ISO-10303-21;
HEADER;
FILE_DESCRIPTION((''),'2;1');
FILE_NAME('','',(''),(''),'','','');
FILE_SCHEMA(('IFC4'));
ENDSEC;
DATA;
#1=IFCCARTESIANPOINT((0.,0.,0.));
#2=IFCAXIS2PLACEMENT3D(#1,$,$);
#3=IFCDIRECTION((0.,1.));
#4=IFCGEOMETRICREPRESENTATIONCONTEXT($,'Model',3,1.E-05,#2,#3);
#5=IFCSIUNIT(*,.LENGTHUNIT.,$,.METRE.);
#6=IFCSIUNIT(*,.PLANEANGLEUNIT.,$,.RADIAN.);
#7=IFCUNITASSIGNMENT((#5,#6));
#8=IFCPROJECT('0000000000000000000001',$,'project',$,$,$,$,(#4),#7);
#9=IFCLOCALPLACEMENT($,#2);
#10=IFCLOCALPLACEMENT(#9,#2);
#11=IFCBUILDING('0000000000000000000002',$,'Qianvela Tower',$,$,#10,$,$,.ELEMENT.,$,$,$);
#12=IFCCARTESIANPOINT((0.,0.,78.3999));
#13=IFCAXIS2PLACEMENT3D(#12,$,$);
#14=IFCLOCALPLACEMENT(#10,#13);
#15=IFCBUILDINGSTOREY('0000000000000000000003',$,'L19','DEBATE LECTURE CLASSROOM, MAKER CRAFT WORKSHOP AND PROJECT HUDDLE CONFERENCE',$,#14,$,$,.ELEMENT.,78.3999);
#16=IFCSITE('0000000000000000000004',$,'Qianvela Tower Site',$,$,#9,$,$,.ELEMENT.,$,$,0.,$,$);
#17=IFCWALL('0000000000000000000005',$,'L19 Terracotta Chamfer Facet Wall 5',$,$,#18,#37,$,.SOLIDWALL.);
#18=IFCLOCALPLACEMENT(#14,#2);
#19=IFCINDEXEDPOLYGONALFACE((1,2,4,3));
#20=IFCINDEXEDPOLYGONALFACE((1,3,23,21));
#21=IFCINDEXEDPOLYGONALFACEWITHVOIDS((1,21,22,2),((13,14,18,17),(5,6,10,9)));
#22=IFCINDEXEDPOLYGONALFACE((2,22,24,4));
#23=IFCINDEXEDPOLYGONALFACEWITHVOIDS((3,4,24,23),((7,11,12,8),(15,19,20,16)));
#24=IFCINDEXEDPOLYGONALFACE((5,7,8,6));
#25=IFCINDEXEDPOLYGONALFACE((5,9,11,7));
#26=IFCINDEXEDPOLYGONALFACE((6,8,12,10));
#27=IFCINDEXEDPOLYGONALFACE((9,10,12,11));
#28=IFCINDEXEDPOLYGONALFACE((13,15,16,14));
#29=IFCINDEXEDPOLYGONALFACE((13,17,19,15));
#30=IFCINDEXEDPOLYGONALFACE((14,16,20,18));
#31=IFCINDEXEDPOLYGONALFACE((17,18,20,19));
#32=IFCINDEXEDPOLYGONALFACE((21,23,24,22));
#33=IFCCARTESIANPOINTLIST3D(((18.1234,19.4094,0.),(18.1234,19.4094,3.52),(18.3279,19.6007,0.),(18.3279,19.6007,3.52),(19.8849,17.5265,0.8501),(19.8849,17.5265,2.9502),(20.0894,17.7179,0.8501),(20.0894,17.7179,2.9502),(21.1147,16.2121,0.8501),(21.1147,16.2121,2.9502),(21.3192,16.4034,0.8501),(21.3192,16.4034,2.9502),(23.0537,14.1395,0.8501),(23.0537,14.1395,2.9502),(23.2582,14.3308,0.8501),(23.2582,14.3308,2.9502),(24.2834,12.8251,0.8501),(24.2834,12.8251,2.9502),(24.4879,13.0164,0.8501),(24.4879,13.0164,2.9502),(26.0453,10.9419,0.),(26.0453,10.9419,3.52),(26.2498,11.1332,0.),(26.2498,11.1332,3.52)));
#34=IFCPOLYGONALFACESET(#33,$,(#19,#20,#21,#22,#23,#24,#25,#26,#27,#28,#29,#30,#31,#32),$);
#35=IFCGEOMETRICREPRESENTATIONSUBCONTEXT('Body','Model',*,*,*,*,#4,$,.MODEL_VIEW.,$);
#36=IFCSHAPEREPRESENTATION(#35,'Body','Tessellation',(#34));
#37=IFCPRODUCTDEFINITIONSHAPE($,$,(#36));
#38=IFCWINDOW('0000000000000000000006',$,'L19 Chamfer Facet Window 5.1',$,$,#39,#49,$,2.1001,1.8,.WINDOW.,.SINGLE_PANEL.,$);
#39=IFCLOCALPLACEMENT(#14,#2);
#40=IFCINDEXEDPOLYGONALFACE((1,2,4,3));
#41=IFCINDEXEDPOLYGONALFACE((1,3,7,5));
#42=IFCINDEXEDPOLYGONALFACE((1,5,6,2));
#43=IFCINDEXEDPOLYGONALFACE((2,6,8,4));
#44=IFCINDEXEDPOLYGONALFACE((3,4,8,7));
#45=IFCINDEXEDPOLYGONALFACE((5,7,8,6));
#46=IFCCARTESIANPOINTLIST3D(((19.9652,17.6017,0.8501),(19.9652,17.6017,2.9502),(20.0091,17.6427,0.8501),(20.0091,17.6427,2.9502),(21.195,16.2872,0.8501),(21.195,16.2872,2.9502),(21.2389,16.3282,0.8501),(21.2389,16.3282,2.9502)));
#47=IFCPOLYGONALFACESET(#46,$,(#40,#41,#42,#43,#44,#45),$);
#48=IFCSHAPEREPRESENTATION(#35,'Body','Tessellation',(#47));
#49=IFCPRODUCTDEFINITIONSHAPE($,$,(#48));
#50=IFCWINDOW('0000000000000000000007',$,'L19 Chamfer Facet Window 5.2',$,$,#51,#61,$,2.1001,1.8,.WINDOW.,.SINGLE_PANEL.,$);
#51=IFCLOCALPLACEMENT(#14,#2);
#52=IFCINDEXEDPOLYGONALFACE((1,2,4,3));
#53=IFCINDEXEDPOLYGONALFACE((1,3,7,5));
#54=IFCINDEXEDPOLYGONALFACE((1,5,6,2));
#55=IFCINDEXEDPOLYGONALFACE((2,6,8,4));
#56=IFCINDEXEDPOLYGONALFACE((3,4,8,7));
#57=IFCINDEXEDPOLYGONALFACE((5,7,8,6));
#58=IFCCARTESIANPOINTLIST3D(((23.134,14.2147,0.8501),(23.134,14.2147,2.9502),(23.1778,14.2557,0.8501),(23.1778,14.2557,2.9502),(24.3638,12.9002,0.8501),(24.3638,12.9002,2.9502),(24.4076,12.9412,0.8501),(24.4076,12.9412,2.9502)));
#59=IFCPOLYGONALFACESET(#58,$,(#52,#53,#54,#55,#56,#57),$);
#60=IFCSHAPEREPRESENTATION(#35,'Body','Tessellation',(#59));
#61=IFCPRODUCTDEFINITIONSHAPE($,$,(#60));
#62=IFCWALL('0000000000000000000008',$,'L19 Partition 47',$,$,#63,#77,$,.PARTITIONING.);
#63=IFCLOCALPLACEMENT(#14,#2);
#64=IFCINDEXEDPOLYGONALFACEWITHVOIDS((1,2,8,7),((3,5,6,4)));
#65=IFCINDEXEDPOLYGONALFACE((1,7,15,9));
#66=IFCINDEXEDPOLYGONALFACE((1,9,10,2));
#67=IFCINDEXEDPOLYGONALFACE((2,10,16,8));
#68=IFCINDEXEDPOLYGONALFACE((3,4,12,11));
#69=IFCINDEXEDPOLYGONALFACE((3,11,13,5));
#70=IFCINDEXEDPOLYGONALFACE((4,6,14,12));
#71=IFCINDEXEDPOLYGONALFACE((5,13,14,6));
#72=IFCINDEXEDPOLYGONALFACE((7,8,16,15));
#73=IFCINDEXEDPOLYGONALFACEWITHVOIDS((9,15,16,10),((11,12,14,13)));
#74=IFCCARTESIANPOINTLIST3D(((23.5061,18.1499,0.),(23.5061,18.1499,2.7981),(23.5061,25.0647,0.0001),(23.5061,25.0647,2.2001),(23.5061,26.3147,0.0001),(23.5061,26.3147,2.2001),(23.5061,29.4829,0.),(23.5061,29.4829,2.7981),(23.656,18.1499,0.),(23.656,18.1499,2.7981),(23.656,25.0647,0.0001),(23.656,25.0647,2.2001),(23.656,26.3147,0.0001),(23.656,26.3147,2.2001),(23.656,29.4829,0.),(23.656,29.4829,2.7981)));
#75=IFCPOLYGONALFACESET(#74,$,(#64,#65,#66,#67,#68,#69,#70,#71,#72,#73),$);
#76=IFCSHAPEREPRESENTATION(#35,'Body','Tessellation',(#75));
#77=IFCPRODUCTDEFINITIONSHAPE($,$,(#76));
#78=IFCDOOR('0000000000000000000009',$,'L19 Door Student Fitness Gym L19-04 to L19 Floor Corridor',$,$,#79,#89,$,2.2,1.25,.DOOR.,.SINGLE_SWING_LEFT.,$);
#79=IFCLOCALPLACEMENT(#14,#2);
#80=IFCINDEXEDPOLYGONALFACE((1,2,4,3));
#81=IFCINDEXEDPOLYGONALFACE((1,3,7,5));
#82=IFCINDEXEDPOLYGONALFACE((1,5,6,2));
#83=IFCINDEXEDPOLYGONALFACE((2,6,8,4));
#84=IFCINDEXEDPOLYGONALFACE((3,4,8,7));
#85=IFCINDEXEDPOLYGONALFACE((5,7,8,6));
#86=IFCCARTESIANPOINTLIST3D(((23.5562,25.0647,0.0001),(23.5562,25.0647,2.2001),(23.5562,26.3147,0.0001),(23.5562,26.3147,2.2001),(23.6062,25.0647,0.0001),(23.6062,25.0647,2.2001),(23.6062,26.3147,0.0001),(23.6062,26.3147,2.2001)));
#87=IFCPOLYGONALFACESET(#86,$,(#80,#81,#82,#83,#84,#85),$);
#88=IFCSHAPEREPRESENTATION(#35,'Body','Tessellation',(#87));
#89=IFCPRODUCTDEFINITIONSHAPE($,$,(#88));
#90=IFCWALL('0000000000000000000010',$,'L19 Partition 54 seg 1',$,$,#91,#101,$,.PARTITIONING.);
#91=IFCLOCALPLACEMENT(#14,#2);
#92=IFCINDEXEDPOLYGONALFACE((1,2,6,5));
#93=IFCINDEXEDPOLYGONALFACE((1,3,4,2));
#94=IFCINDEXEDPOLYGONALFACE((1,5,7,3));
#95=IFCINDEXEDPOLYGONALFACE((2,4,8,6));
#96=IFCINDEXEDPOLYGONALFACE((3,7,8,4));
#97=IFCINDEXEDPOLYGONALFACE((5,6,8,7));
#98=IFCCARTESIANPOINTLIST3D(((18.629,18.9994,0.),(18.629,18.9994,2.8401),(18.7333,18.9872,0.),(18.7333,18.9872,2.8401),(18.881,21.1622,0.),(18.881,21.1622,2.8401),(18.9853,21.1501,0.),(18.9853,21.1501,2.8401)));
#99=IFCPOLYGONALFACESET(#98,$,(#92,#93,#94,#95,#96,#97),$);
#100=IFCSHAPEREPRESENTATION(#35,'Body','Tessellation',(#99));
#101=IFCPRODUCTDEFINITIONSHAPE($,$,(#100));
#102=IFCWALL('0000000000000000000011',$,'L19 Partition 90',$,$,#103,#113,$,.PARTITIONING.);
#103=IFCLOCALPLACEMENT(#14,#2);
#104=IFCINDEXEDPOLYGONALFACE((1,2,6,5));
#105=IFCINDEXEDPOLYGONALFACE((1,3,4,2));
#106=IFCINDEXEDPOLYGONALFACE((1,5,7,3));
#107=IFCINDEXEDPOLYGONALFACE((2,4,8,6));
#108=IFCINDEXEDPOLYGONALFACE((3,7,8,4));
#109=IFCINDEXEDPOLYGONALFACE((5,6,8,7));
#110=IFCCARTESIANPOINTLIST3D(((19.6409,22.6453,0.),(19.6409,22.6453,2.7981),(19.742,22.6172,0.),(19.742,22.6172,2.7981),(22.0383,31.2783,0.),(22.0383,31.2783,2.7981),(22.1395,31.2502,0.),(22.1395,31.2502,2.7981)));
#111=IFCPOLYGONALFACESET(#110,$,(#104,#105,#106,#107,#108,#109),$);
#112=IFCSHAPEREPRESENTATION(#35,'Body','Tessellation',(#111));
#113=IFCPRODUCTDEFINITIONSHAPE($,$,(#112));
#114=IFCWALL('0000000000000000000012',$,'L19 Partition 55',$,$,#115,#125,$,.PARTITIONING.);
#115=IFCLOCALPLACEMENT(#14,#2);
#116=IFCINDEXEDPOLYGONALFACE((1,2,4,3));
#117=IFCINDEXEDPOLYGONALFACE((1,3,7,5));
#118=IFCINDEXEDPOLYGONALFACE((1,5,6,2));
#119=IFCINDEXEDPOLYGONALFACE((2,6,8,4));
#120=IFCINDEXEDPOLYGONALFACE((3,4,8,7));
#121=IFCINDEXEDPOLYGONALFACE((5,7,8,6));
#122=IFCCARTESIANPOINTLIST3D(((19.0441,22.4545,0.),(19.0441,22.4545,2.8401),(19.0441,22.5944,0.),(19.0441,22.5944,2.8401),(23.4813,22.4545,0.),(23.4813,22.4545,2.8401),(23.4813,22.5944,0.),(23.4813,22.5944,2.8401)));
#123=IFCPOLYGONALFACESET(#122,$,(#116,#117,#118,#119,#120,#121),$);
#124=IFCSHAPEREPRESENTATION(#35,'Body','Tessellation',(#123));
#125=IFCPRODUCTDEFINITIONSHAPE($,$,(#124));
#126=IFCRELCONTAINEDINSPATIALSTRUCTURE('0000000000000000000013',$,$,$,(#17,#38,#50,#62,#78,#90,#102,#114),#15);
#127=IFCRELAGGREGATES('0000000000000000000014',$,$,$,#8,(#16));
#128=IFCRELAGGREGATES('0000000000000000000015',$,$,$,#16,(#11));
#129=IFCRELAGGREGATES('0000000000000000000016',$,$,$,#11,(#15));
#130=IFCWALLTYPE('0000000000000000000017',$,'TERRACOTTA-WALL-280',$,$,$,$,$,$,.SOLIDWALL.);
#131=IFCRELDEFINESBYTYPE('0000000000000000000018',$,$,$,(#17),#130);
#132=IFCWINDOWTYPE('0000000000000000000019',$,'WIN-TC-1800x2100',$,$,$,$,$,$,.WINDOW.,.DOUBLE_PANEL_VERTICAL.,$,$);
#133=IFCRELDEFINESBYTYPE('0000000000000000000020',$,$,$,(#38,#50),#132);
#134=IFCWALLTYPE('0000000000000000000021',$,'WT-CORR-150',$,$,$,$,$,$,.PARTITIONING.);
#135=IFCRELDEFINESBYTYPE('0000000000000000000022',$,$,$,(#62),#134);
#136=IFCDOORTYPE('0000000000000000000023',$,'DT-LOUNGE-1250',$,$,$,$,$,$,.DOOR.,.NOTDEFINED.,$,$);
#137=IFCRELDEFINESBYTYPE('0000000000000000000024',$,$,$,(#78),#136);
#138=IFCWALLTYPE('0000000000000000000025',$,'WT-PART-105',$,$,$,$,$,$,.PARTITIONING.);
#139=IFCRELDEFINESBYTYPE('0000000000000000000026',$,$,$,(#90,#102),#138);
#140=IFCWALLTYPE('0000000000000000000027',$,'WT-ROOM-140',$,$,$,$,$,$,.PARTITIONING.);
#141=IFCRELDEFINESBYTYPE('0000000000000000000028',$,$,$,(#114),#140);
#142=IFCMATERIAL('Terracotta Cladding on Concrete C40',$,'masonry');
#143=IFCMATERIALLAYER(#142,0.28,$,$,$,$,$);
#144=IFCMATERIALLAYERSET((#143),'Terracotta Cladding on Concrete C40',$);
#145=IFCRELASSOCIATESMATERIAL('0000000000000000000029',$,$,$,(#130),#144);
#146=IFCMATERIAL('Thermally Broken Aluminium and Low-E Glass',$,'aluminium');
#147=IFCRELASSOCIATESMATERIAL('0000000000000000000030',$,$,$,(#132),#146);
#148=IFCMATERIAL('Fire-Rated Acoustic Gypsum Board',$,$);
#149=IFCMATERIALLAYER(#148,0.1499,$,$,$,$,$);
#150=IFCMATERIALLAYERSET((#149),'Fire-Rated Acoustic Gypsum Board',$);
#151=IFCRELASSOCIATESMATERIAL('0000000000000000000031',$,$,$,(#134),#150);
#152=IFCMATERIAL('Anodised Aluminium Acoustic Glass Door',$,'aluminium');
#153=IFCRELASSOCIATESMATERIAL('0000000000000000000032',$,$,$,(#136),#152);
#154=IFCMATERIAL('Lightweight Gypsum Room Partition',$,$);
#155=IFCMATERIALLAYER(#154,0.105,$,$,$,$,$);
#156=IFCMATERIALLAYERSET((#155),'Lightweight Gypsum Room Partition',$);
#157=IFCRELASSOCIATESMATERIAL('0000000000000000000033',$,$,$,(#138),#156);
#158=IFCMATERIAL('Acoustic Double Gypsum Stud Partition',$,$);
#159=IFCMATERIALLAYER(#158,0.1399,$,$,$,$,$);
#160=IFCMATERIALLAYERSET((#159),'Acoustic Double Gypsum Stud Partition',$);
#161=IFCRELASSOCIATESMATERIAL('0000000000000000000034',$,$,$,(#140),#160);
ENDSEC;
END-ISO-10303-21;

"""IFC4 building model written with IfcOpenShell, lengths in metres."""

from ifc_helpers import new_model, si_unit, direction, frame, frame_2d, origin, place, context, subcontext, project, spatial, rectangle, extrude, material, layer, layer_set, type_object, element, fill, save


model = new_model("IFC4")

# Units and contexts
model_context = context("Model", 3, precision=1e-05, world=origin(), true_north=direction((0.0, 1.0)))
body_context = subcontext(model_context, "Body", "Model", "MODEL_VIEW")
ifc_project = project(units=[si_unit("LENGTHUNIT", "METRE"), si_unit("PLANEANGLEUNIT", "RADIAN")], contexts=[model_context])

# Site, building, storey
site_placement = place(None, origin())
site = spatial("IfcSite", under=ifc_project, at=site_placement, Name="Qianvela Tower Site", CompositionType="ELEMENT", RefElevation=0.0)
building_placement = place(site_placement, origin())
building = spatial("IfcBuilding", under=site, at=building_placement, Name="Qianvela Tower", CompositionType="ELEMENT")
storey_placement = place(building_placement, frame((0.0, 0.0, 78.3999)))
storey = spatial("IfcBuildingStorey", under=building, at=storey_placement, Name="L19", Description="DEBATE LECTURE CLASSROOM, MAKER CRAFT WORKSHOP AND PROJECT HUDDLE CONFERENCE", CompositionType="ELEMENT", Elevation=78.3999)

# Wall, openings, windows
ifc_material_1 = material(Name="Terracotta Cladding on Concrete C40", Category="masonry")
ifc_layer_1 = layer(ifc_material_1, 0.28)
ifc_layer_set_1 = layer_set([ifc_layer_1], Name="Terracotta Cladding on Concrete C40")
wall_type_1 = type_object("IfcWallType", Name="TERRACOTTA-WALL-280", PredefinedType="SOLIDWALL", material=ifc_layer_set_1)
wall_1_placement = place(storey_placement, frame((18.2256, 19.5051, 0.0), z_axis=(0.0, 0.0, 1.0), x_axis=(0.683186, -0.730244, 0.0)))
wall_1 = element("IfcWall", 1, at=wall_1_placement, inside=storey, type_object=wall_type_1, Name="L19 Terracotta Chamfer Facet Wall 5", PredefinedType="SOLIDWALL", context=body_context, shape_type="SweptSolid", body=[
    extrude(rectangle(XDim=11.5955, YDim=0.28, at=frame_2d((5.7979, 0.0))), origin(), (0.0, 0.0, 1.0), 3.52),
])
opening_1_placement = place(wall_1_placement, frame((2.5786, 0.0, 0.8501)))
opening_1 = element("IfcOpeningElement", 2, at=opening_1_placement, cuts=wall_1, PredefinedType="OPENING", context=body_context, shape_type="SweptSolid", body=[
    extrude(rectangle(XDim=1.8, YDim=2.1001, at=frame_2d((0.8999, 1.05))), frame((0.0, 0.1499, 0.0), z_axis=(0.0, -1.0, 0.0), x_axis=(1.0, 0.0, 0.0)), (0.0, 0.0, 1.0), 0.3),
])
opening_2_placement = place(wall_1_placement, frame((7.2168, 0.0, 0.8501)))
opening_2 = element("IfcOpeningElement", 3, at=opening_2_placement, cuts=wall_1, PredefinedType="OPENING", context=body_context, shape_type="SweptSolid", body=[
    extrude(rectangle(XDim=1.8, YDim=2.1001, at=frame_2d((0.8999, 1.05))), frame((0.0, 0.1499, 0.0), z_axis=(0.0, -1.0, 0.0), x_axis=(1.0, 0.0, 0.0)), (0.0, 0.0, 1.0), 0.3),
])
ifc_material_2 = material(Name="Thermally Broken Aluminium and Low-E Glass", Category="aluminium")
window_type = type_object("IfcWindowType", Name="WIN-TC-1800x2100", PartitioningType="DOUBLE_PANEL_VERTICAL", PredefinedType="WINDOW", material=ifc_material_2)
window_1_placement = place(opening_1_placement, origin())
window_1 = element("IfcWindow", 4, at=window_1_placement, inside=storey, type_object=window_type, Name="L19 Chamfer Facet Window 5.1", OverallHeight=2.1001, OverallWidth=1.8, PartitioningType="SINGLE_PANEL", PredefinedType="WINDOW", context=body_context, shape_type="SweptSolid", body=[
    extrude(rectangle(XDim=1.8, YDim=2.1001, at=frame_2d((0.8999, 1.05))), frame((0.0, 0.03, 0.0), z_axis=(0.0, -1.0, 0.0), x_axis=(1.0, 0.0, 0.0)), (0.0, 0.0, 1.0), 0.0601),
])
fill(opening_1, window_1)
window_2_placement = place(opening_2_placement, origin())
window_2 = element("IfcWindow", 5, at=window_2_placement, inside=storey, type_object=window_type, Name="L19 Chamfer Facet Window 5.2", OverallHeight=2.1001, OverallWidth=1.8, PartitioningType="SINGLE_PANEL", PredefinedType="WINDOW", context=body_context, shape_type="SweptSolid", body=[
    extrude(rectangle(XDim=1.8, YDim=2.1001, at=frame_2d((0.8999, 1.05))), frame((0.0, 0.03, 0.0), z_axis=(0.0, -1.0, 0.0), x_axis=(1.0, 0.0, 0.0)), (0.0, 0.0, 1.0), 0.0601),
])
fill(opening_2, window_2)

# Wall, opening, door
ifc_material_3 = material(Name="Fire-Rated Acoustic Gypsum Board")
ifc_layer_2 = layer(ifc_material_3, 0.1499)
ifc_layer_set_2 = layer_set([ifc_layer_2], Name="Fire-Rated Acoustic Gypsum Board")
wall_type_2 = type_object("IfcWallType", Name="WT-CORR-150", PredefinedType="PARTITIONING", material=ifc_layer_set_2)
wall_2_placement = place(storey_placement, frame((23.5811, 18.1499, 0.0), z_axis=(0.0, 0.0, 1.0), x_axis=(0.0, 1.0, 0.0)))
wall_2 = element("IfcWall", 6, at=wall_2_placement, inside=storey, type_object=wall_type_2, Name="L19 Partition 47", PredefinedType="PARTITIONING", context=body_context, shape_type="SweptSolid", body=[
    extrude(rectangle(XDim=11.333, YDim=0.1499, at=frame_2d((5.6665, 0.0))), origin(), (0.0, 0.0, 1.0), 2.7981),
])
opening_3_placement = place(wall_2_placement, frame((6.9148, 0.0, 0.0)))
opening_3 = element("IfcOpeningElement", 7, at=opening_3_placement, cuts=wall_2, PredefinedType="OPENING", context=body_context, shape_type="SweptSolid", body=[
    extrude(rectangle(XDim=1.25, YDim=2.2, at=frame_2d((0.625, 1.1001))), frame((0.0, 0.085, 0.0), z_axis=(0.0, -1.0, 0.0), x_axis=(1.0, 0.0, 0.0)), (0.0, 0.0, 1.0), 0.1699),
])
ifc_material_4 = material(Name="Anodised Aluminium Acoustic Glass Door", Category="aluminium")
door_type = type_object("IfcDoorType", Name="DT-LOUNGE-1250", OperationType="NOTDEFINED", PredefinedType="DOOR", material=ifc_material_4)
door_placement = place(opening_3_placement, origin())
door = element("IfcDoor", 8, at=door_placement, inside=storey, type_object=door_type, Name="L19 Door Student Fitness Gym L19-04 to L19 Floor Corridor", OperationType="SINGLE_SWING_LEFT", OverallHeight=2.2, OverallWidth=1.25, PredefinedType="DOOR", context=body_context, shape_type="SweptSolid", body=[
    extrude(rectangle(XDim=1.25, YDim=2.2, at=frame_2d((0.625, 1.1001))), frame((0.0, 0.0249, 0.0), z_axis=(0.0, -1.0, 0.0), x_axis=(1.0, 0.0, 0.0)), (0.0, 0.0, 1.0), 0.05),
])
fill(opening_3, door)

# Walls
ifc_material_5 = material(Name="Lightweight Gypsum Room Partition")
ifc_layer_3 = layer(ifc_material_5, 0.105)
ifc_layer_set_3 = layer_set([ifc_layer_3], Name="Lightweight Gypsum Room Partition")
wall_type_3 = type_object("IfcWallType", Name="WT-PART-105", PredefinedType="PARTITIONING", material=ifc_layer_set_3)
wall_3_placement = place(storey_placement, frame((18.6812, 18.9932, 0.0), z_axis=(0.0, 0.0, 1.0), x_axis=(0.115709, 0.993283, 0.0)))
element("IfcWall", 9, at=wall_3_placement, inside=storey, type_object=wall_type_3, Name="L19 Partition 54 seg 1", PredefinedType="PARTITIONING", context=body_context, shape_type="SweptSolid", body=[
    extrude(rectangle(XDim=2.1775, YDim=0.105, at=frame_2d((1.0889, 0.0))), origin(), (0.0, 0.0, 1.0), 2.8401),
])
wall_4_placement = place(storey_placement, frame((19.6914, 22.6311, 0.0), z_axis=(0.0, 0.0, 1.0), x_axis=(0.267581, 0.963535, 0.0)))
element("IfcWall", 10, at=wall_4_placement, inside=storey, type_object=wall_type_3, Name="L19 Partition 90", PredefinedType="PARTITIONING", context=body_context, shape_type="SweptSolid", body=[
    extrude(rectangle(XDim=8.9597, YDim=0.105, at=frame_2d((4.48, 0.0))), origin(), (0.0, 0.0, 1.0), 2.7981),
])
ifc_material_6 = material(Name="Acoustic Double Gypsum Stud Partition")
ifc_layer_4 = layer(ifc_material_6, 0.1399)
ifc_layer_set_4 = layer_set([ifc_layer_4], Name="Acoustic Double Gypsum Stud Partition")
wall_type_4 = type_object("IfcWallType", Name="WT-ROOM-140", PredefinedType="PARTITIONING", material=ifc_layer_set_4)
wall_5_placement = place(storey_placement, frame((19.0439, 22.5244, 0.0), z_axis=(0.0, 0.0, 1.0), x_axis=(1.0, 0.0, 0.0)))
element("IfcWall", 11, at=wall_5_placement, inside=storey, type_object=wall_type_4, Name="L19 Partition 55", PredefinedType="PARTITIONING", context=body_context, shape_type="SweptSolid", body=[
    extrude(rectangle(XDim=4.4373, YDim=0.1399, at=frame_2d((2.2188, 0.0))), origin(), (0.0, 0.0, 1.0), 2.8401),
])

save(model, "model.ifc")
